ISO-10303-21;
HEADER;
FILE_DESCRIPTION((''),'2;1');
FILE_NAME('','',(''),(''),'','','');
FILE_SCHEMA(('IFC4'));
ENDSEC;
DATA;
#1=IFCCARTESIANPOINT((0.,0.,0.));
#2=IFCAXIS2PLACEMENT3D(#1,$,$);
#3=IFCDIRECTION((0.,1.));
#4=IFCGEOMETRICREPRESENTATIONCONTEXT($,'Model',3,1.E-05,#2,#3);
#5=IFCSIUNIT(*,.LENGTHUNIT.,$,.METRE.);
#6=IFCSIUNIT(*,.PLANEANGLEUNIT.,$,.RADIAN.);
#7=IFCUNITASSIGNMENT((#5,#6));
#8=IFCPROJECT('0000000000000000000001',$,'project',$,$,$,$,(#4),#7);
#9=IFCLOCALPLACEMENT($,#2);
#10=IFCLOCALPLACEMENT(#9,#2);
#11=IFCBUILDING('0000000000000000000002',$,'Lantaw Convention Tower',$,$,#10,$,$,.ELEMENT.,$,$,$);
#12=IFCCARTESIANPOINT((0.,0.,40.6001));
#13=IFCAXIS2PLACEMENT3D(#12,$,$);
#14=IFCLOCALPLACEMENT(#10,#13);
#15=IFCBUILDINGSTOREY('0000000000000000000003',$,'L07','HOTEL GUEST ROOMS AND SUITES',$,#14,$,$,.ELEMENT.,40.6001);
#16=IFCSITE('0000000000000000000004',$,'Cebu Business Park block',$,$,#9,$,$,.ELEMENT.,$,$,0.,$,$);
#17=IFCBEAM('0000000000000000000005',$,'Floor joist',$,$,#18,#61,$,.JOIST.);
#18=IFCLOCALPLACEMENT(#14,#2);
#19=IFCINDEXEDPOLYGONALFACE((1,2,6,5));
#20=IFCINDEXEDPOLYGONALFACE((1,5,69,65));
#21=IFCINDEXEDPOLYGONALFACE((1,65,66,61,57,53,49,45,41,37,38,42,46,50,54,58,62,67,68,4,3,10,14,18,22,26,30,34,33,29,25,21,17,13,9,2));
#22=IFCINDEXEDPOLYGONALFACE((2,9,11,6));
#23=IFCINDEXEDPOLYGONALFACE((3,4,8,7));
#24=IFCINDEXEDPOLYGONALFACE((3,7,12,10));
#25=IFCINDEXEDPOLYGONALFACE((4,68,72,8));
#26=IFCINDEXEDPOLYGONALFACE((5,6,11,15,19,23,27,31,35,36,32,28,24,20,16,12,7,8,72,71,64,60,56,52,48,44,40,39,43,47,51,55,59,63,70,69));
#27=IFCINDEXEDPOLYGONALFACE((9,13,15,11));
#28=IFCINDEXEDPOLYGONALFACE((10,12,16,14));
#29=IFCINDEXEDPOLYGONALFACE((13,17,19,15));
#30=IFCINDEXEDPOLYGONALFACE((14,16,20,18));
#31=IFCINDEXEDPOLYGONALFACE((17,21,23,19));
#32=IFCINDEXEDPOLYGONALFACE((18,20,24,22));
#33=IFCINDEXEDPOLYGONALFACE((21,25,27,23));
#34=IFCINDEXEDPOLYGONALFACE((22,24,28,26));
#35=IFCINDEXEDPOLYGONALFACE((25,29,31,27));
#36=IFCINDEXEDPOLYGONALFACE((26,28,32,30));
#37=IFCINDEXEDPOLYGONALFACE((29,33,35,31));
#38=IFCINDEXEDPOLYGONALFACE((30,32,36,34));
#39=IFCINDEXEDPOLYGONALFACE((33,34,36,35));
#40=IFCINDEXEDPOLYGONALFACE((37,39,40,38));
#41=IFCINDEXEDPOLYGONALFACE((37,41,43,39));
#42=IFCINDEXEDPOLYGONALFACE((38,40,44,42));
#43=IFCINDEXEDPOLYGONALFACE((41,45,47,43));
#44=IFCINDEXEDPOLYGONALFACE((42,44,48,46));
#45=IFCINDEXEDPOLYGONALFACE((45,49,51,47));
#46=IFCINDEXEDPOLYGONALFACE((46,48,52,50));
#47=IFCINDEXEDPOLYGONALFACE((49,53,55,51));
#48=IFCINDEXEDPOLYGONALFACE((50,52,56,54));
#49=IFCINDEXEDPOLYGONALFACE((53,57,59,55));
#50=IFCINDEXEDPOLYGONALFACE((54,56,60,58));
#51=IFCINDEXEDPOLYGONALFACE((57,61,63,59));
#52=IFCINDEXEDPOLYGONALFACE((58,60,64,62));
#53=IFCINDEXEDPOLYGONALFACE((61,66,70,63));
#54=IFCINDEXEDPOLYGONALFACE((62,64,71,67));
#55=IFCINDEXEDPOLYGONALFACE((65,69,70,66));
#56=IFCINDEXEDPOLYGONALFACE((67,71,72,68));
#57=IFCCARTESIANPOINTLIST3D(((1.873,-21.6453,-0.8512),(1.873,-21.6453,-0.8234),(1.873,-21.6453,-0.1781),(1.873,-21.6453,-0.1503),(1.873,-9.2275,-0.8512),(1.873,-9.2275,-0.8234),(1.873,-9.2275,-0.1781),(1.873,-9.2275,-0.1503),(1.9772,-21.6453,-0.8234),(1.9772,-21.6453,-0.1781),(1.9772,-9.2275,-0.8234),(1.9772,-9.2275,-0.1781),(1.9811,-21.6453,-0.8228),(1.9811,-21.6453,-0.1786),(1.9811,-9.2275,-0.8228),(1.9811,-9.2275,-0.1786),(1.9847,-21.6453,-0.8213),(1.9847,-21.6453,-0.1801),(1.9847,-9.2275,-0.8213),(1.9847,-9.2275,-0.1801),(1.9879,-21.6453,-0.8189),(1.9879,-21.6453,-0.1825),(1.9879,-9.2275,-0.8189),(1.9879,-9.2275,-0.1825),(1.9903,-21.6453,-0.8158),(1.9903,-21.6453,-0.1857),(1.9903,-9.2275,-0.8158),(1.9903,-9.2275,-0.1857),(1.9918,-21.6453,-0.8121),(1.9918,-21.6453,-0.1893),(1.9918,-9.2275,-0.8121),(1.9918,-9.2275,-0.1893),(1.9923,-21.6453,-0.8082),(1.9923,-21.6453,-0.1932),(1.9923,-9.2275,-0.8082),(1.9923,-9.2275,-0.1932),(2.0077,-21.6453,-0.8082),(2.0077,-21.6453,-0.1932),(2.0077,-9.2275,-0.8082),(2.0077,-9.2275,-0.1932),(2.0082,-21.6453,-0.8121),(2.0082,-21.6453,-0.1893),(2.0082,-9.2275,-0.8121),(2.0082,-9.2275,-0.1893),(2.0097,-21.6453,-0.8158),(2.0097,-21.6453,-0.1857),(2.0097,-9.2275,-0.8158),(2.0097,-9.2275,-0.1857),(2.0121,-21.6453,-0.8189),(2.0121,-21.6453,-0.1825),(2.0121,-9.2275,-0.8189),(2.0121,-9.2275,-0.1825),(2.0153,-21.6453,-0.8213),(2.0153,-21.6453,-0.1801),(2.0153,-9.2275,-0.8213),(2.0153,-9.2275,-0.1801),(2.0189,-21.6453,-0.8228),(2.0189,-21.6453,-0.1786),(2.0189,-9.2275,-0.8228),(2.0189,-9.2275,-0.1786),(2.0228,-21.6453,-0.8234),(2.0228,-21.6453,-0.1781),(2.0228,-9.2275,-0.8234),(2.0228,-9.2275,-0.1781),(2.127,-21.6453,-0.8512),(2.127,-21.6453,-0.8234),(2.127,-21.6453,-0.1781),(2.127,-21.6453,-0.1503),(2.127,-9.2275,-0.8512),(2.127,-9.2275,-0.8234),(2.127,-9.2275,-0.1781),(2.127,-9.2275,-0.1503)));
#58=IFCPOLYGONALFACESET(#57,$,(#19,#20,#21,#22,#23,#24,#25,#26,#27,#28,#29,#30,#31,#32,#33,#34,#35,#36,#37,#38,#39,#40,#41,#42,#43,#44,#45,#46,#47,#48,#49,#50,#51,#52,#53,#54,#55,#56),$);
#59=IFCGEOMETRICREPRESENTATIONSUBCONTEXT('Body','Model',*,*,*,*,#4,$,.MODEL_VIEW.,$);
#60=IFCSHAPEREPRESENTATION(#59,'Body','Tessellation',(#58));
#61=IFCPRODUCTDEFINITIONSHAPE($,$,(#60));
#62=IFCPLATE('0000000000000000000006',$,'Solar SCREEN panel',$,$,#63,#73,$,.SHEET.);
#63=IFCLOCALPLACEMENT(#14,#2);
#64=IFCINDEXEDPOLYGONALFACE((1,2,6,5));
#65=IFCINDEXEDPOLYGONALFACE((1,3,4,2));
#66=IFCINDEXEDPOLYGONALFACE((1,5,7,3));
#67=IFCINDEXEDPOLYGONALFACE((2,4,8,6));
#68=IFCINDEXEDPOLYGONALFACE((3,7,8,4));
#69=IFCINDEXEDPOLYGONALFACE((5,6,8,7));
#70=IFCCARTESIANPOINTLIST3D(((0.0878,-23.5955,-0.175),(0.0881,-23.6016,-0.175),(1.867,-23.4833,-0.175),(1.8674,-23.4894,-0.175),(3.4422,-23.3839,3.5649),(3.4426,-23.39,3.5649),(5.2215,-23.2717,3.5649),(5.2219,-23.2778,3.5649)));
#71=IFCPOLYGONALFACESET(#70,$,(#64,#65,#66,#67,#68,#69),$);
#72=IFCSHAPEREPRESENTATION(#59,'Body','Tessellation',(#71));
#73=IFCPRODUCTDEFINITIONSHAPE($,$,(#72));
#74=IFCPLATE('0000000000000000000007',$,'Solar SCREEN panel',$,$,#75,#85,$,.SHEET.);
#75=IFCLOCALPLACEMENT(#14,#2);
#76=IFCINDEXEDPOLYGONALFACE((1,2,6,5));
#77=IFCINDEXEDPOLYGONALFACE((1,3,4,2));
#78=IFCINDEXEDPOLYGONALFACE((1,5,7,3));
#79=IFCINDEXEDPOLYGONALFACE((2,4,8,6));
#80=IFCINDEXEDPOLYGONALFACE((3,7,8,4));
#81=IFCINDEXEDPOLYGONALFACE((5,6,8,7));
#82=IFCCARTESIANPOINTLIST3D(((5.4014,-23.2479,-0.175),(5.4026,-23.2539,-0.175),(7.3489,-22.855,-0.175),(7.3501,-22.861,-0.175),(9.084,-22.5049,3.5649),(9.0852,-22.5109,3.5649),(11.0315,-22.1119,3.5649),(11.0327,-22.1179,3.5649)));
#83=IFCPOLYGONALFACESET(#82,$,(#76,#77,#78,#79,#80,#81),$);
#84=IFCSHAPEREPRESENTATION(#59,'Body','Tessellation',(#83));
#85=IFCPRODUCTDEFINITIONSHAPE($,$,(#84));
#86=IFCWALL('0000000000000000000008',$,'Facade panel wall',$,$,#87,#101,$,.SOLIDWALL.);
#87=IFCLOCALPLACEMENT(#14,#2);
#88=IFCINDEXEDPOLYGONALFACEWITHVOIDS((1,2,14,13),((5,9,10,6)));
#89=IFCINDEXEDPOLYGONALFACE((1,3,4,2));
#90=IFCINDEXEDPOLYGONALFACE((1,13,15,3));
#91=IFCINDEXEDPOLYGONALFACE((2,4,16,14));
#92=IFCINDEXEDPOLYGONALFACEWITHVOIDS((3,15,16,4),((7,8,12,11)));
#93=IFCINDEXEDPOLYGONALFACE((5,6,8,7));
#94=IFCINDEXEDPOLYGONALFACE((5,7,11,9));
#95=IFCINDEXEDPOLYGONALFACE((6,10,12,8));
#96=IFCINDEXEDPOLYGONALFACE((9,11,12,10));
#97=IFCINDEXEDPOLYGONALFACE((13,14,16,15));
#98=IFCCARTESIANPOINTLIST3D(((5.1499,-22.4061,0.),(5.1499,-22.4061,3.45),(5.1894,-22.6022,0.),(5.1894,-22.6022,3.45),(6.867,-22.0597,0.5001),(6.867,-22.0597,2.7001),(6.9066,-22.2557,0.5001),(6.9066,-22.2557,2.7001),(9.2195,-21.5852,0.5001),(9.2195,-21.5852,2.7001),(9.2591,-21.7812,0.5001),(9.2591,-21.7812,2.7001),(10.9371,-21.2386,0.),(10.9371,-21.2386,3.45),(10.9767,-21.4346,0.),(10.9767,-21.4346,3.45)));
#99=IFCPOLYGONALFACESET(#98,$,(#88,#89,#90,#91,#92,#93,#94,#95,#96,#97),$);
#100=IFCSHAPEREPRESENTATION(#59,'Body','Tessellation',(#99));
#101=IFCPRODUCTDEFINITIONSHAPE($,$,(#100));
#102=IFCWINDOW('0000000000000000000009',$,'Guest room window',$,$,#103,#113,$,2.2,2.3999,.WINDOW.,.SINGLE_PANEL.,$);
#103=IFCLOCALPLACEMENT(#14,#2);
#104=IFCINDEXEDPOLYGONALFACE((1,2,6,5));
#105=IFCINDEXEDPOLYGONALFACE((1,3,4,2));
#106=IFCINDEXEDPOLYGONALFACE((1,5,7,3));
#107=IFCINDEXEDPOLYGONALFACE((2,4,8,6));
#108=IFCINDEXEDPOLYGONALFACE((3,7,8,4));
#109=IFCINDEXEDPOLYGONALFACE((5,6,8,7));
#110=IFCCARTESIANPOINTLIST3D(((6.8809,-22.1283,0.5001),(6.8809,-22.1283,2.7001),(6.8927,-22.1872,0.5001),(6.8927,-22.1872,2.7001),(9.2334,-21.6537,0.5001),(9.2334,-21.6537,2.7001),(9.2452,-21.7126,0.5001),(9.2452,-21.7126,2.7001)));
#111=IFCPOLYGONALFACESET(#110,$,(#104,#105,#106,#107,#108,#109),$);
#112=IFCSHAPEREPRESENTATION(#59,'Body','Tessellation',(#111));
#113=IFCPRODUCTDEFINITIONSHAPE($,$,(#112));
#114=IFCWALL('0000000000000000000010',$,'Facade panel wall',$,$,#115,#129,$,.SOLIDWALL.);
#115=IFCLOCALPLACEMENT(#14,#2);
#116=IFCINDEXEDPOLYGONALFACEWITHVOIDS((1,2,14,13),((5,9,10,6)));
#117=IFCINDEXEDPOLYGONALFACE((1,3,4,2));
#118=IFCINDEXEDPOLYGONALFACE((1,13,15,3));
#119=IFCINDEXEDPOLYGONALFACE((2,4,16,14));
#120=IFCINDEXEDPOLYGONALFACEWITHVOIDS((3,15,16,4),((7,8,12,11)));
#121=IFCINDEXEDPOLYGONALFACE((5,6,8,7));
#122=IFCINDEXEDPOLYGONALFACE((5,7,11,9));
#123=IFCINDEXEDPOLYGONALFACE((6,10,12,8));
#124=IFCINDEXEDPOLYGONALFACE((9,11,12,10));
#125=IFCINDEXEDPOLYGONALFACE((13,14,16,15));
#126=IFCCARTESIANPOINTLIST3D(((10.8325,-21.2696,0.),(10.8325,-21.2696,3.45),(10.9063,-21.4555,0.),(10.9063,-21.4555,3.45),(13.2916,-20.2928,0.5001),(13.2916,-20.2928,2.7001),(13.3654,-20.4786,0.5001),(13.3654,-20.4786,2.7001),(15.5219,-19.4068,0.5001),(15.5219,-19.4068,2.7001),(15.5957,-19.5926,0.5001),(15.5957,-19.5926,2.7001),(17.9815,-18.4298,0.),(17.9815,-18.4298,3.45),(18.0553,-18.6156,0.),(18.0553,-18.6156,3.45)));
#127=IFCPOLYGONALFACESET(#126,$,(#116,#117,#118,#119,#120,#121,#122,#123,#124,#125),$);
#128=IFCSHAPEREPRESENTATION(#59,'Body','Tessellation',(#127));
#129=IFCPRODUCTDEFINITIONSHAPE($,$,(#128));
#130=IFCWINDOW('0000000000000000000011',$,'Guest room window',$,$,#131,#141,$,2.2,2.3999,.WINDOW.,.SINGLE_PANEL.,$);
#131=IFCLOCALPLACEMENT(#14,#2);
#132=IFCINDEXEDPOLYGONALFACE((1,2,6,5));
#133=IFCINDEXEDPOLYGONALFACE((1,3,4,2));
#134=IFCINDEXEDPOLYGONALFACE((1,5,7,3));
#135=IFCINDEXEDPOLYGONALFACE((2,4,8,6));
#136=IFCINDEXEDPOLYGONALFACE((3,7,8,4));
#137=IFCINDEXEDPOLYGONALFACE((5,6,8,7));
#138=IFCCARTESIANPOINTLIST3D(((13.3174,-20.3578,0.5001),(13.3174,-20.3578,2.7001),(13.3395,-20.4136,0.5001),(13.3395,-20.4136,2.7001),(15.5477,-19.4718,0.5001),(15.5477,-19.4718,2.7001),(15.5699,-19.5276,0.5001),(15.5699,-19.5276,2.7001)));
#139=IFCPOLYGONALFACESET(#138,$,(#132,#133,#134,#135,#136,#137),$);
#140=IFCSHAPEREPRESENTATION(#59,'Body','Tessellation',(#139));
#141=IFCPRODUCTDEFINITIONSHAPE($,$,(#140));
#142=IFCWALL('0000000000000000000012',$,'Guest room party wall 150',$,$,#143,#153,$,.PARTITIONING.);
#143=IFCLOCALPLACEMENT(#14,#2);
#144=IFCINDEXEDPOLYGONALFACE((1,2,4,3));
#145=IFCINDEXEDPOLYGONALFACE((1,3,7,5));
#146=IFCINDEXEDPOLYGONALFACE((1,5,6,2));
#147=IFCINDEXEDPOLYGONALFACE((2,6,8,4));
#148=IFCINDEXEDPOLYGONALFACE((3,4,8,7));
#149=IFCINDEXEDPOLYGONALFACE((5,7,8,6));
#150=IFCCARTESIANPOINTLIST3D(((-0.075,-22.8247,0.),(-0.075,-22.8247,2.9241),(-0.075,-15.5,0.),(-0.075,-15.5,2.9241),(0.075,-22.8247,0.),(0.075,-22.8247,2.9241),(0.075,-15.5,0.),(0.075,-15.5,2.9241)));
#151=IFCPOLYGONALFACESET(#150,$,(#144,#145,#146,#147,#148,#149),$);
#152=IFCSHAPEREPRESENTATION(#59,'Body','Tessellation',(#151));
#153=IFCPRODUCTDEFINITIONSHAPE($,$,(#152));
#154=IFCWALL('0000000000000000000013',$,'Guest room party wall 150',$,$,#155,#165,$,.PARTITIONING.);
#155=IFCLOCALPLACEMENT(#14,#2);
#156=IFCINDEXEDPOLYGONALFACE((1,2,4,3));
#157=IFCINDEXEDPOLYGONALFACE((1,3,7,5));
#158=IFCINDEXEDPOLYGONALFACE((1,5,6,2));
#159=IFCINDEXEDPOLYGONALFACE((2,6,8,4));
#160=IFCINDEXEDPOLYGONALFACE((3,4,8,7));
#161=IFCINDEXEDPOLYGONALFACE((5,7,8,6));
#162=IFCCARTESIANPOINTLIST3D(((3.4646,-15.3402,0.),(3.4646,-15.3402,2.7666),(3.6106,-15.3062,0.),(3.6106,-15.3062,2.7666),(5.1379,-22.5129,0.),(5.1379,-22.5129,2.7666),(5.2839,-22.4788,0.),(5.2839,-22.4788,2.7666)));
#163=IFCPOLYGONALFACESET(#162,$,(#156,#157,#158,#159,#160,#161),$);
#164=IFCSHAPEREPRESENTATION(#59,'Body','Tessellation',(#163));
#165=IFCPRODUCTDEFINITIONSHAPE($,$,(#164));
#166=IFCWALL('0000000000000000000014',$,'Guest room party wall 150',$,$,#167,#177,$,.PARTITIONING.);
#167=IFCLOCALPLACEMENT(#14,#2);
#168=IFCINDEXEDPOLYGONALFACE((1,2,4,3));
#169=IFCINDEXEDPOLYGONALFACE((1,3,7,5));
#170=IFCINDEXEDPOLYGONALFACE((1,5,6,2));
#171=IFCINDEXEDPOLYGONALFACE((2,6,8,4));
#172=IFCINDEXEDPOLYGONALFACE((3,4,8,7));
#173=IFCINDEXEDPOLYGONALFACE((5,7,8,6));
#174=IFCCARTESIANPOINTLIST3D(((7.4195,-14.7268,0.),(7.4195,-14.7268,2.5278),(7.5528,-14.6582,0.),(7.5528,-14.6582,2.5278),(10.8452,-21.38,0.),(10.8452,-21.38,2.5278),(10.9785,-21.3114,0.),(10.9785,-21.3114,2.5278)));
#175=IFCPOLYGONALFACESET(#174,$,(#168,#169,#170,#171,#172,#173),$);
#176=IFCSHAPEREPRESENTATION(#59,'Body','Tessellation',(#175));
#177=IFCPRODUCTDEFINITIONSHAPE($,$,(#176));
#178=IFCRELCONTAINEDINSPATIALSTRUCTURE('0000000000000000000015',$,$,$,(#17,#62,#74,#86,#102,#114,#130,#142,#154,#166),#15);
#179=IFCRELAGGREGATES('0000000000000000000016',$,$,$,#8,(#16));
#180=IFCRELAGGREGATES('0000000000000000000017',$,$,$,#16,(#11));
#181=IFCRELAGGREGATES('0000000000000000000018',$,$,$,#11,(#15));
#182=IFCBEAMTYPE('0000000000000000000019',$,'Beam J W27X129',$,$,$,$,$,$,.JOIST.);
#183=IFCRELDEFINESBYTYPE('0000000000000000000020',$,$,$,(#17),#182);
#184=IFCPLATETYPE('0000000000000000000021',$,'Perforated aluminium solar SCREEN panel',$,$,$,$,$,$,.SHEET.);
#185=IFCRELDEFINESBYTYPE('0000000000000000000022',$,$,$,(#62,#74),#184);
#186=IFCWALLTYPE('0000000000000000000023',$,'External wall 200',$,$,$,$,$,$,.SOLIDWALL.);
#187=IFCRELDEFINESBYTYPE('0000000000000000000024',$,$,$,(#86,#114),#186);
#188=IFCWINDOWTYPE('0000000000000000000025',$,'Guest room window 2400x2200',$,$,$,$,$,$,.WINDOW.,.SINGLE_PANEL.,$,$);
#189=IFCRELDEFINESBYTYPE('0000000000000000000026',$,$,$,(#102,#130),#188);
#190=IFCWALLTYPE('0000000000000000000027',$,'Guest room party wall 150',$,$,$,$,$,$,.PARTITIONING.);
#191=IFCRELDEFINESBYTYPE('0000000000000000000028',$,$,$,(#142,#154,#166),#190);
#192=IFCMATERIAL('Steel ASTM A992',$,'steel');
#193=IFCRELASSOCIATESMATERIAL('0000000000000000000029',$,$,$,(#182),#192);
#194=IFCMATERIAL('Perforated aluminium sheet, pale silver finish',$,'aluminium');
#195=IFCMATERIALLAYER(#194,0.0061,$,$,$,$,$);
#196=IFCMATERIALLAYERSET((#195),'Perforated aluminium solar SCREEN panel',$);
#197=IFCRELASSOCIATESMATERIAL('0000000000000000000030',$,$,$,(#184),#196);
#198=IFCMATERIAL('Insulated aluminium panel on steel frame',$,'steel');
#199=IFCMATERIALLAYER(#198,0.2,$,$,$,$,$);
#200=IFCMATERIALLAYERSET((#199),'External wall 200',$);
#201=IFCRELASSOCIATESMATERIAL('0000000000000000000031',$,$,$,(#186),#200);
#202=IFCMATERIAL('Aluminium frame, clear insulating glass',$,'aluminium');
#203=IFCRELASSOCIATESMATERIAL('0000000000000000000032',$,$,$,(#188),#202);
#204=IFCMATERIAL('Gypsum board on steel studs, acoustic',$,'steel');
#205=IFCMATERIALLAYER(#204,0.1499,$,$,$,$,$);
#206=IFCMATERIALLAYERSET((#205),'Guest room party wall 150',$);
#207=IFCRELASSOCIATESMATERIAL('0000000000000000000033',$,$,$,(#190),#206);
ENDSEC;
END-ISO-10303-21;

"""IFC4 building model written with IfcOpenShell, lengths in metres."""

from ifc_helpers import new_model, si_unit, direction, frame, frame_2d, origin, origin_2d, place, context, subcontext, project, spatial, polyline, rectangle, i_section, outline, extrude, material, layer, layer_set, material_profile, profile_set, type_object, element, fill, save


model = new_model("IFC4")

# Units and contexts
model_context = context("Model", 3, precision=1e-05, world=origin(), true_north=direction((0.0, 1.0)))
body_context = subcontext(model_context, "Body", "Model", "MODEL_VIEW")
ifc_project = project(units=[si_unit("LENGTHUNIT", "METRE"), si_unit("PLANEANGLEUNIT", "RADIAN")], contexts=[model_context])

# Site, building, storey
site_placement = place(None, origin())
site = spatial("IfcSite", under=ifc_project, at=site_placement, Name="Cebu Business Park block", CompositionType="ELEMENT", RefElevation=0.0)
building_placement = place(site_placement, origin())
building = spatial("IfcBuilding", under=site, at=building_placement, Name="Lantaw Convention Tower", CompositionType="ELEMENT")
storey_placement = place(building_placement, frame((0.0, 0.0, 40.6001)))
storey = spatial("IfcBuildingStorey", under=building, at=storey_placement, Name="L07", Description="HOTEL GUEST ROOMS AND SUITES", CompositionType="ELEMENT", Elevation=40.6001)

# Beam
ifc_material_1 = material(Name="Steel ASTM A992", Category="steel")
ifc_material_profile_1 = material_profile(ifc_material_1, i_section(OverallWidth=0.2539, OverallDepth=0.7009, WebThickness=0.0154, FlangeThickness=0.0278, FilletRadius=0.0151, at=origin_2d()), Name="W27X129")
ifc_profile_set_1 = profile_set([ifc_material_profile_1], Name="Steel ASTM A992")
beam_type_1 = type_object("IfcBeamType", Name="Beam J W27X129", PredefinedType="JOIST", material=ifc_profile_set_1)
beam_1_placement = place(storey_placement, frame((2.0, -21.6453, -0.5007), z_axis=(0.0, 1.0, 0.0), x_axis=(-1.0, 0.0, 0.0)))
element("IfcBeam", 1, at=beam_1_placement, inside=storey, type_object=beam_type_1, Name="Floor joist", PredefinedType="JOIST", context=body_context, shape_type="SweptSolid", body=[
    extrude(i_section(OverallWidth=0.2539, OverallDepth=0.7009, WebThickness=0.0154, FlangeThickness=0.0278, FilletRadius=0.0151, at=origin_2d()), origin(), (0.0, 0.0, 1.0), 12.4177),
])

# Plates
ifc_material_2 = material(Name="Perforated aluminium sheet, pale silver finish", Category="aluminium")
ifc_layer_1 = layer(ifc_material_2, 0.0061)
ifc_layer_set_1 = layer_set([ifc_layer_1], Name="Perforated aluminium solar SCREEN panel")
plate_type = type_object("IfcPlateType", Name="Perforated aluminium solar SCREEN panel", PredefinedType="SHEET", material=ifc_layer_set_1)
plate_1_placement = place(storey_placement, frame((0.0881, -23.6016, -0.175), z_axis=(0.062924, -0.998018, 0.000014), x_axis=(0.998018, 0.062924, 0.0)))
element("IfcPlate", 2, at=plate_1_placement, inside=storey, type_object=plate_type, Name="Solar SCREEN panel", PredefinedType="SHEET", context=body_context, shape_type="SweptSolid", body=[
    extrude(outline(polyline([(0.0, 0.0), (1.7828, 0.0), (5.144, 3.74), (3.3611, 3.74), (0.0, 0.0)])), origin(), (0.0, 0.0, -1.0), 0.0061),
])
plate_2_placement = place(storey_placement, frame((5.4026, -23.2539, -0.175), z_axis=(0.197782, -0.980246, 0.000002), x_axis=(0.980246, 0.197782, 0.0)))
element("IfcPlate", 3, at=plate_2_placement, inside=storey, type_object=plate_type, Name="Solar SCREEN panel", PredefinedType="SHEET", context=body_context, shape_type="SweptSolid", body=[
    extrude(outline(polyline([(0.0, 0.0), (1.9867, 0.0), (5.7436, 3.74), (3.7568, 3.74), (0.0, 0.0)])), origin(), (0.0, 0.0, -1.0), 0.0061),
])

# Walls, openings, windows
ifc_material_3 = material(Name="Insulated aluminium panel on steel frame", Category="steel")
ifc_layer_2 = layer(ifc_material_3, 0.2)
ifc_layer_set_2 = layer_set([ifc_layer_2], Name="External wall 200")
wall_type_1 = type_object("IfcWallType", Name="External wall 200", PredefinedType="SOLIDWALL", material=ifc_layer_set_2)
wall_1_placement = place(storey_placement, frame((5.1697, -22.5042, 0.0), z_axis=(0.0, 0.0, 1.0), x_axis=(0.980252, 0.197754, 0.0)))
wall_1 = element("IfcWall", 4, at=wall_1_placement, inside=storey, type_object=wall_type_1, Name="Facade panel wall", PredefinedType="SOLIDWALL", context=body_context, shape_type="SweptSolid", body=[
    extrude(rectangle(XDim=5.9038, YDim=0.2, at=frame_2d((2.9519, 0.0))), origin(), (0.0, 0.0, 1.0), 3.45),
])
opening_1_placement = place(wall_1_placement, frame((1.7517, 0.0, 0.5)))
opening_1 = element("IfcOpeningElement", 5, at=opening_1_placement, cuts=wall_1, PredefinedType="OPENING", context=body_context, shape_type="SweptSolid", body=[
    extrude(rectangle(XDim=2.3999, YDim=2.2, at=frame_2d((1.2, 1.1001))), frame((0.0, 0.1099, 0.0), z_axis=(0.0, -1.0, 0.0), x_axis=(1.0, 0.0, 0.0)), (0.0, 0.0, 1.0), 0.22),
])
ifc_material_4 = material(Name="Aluminium frame, clear insulating glass", Category="aluminium")
window_type = type_object("IfcWindowType", Name="Guest room window 2400x2200", PartitioningType="SINGLE_PANEL", PredefinedType="WINDOW", material=ifc_material_4)
window_1_placement = place(opening_1_placement, origin())
window_1 = element("IfcWindow", 6, at=window_1_placement, inside=storey, type_object=window_type, Name="Guest room window", OverallHeight=2.2, OverallWidth=2.3999, PartitioningType="SINGLE_PANEL", PredefinedType="WINDOW", context=body_context, shape_type="SweptSolid", body=[
    extrude(rectangle(XDim=2.3999, YDim=2.2, at=frame_2d((1.2, 1.1001))), frame((0.0, 0.03, 0.0), z_axis=(0.0, -1.0, 0.0), x_axis=(1.0, 0.0, 0.0)), (0.0, 0.0, 1.0), 0.0601),
])
fill(opening_1, window_1)
wall_2_placement = place(storey_placement, frame((10.8694, -21.3625, 0.0), z_axis=(0.0, 0.0, 1.0), x_axis=(0.929358, 0.369179, 0.0)))
wall_2 = element("IfcWall", 7, at=wall_2_placement, inside=storey, type_object=wall_type_1, Name="Facade panel wall", PredefinedType="SOLIDWALL", context=body_context, shape_type="SweptSolid", body=[
    extrude(rectangle(XDim=7.6924, YDim=0.2, at=frame_2d((3.8462, 0.0))), origin(), (0.0, 0.0, 1.0), 3.45),
])
opening_2_placement = place(wall_2_placement, frame((2.646, 0.0, 0.5)))
opening_2 = element("IfcOpeningElement", 8, at=opening_2_placement, cuts=wall_2, PredefinedType="OPENING", context=body_context, shape_type="SweptSolid", body=[
    extrude(rectangle(XDim=2.3999, YDim=2.2, at=frame_2d((1.2, 1.1001))), frame((0.0, 0.1099, 0.0), z_axis=(0.0, -1.0, 0.0), x_axis=(1.0, 0.0, 0.0)), (0.0, 0.0, 1.0), 0.22),
])
window_2_placement = place(opening_2_placement, origin())
window_2 = element("IfcWindow", 9, at=window_2_placement, inside=storey, type_object=window_type, Name="Guest room window", OverallHeight=2.2, OverallWidth=2.3999, PartitioningType="SINGLE_PANEL", PredefinedType="WINDOW", context=body_context, shape_type="SweptSolid", body=[
    extrude(rectangle(XDim=2.3999, YDim=2.2, at=frame_2d((1.2, 1.1001))), frame((0.0, 0.03, 0.0), z_axis=(0.0, -1.0, 0.0), x_axis=(1.0, 0.0, 0.0)), (0.0, 0.0, 1.0), 0.0601),
])
fill(opening_2, window_2)

# Walls
ifc_material_5 = material(Name="Gypsum board on steel studs, acoustic", Category="steel")
ifc_layer_3 = layer(ifc_material_5, 0.1499)
ifc_layer_set_3 = layer_set([ifc_layer_3], Name="Guest room party wall 150")
wall_type_2 = type_object("IfcWallType", Name="Guest room party wall 150", PredefinedType="PARTITIONING", material=ifc_layer_set_3)
wall_3_placement = place(storey_placement, frame((0.0, -22.8247, 0.0), z_axis=(0.0, 0.0, 1.0), x_axis=(0.0, 1.0, 0.0)))
element("IfcWall", 10, at=wall_3_placement, inside=storey, type_object=wall_type_2, Name="Guest room party wall 150", PredefinedType="PARTITIONING", context=body_context, shape_type="SweptSolid", body=[
    extrude(rectangle(XDim=7.3247, YDim=0.1499, at=frame_2d((3.6624, 0.0))), origin(), (0.0, 0.0, 1.0), 2.9241),
])
wall_4_placement = place(storey_placement, frame((5.2109, -22.4958, 0.0), z_axis=(0.0, 0.0, 1.0), x_axis=(-0.227195, 0.973849, 0.0)))
element("IfcWall", 11, at=wall_4_placement, inside=storey, type_object=wall_type_2, Name="Guest room party wall 150", PredefinedType="PARTITIONING", context=body_context, shape_type="SweptSolid", body=[
    extrude(rectangle(XDim=7.3652, YDim=0.1499, at=frame_2d((3.6826, 0.0))), origin(), (0.0, 0.0, 1.0), 2.7666),
])
wall_5_placement = place(storey_placement, frame((10.9119, -21.3457, 0.0), z_axis=(0.0, 0.0, 1.0), x_axis=(-0.457778, 0.889066, 0.0)))
element("IfcWall", 12, at=wall_5_placement, inside=storey, type_object=wall_type_2, Name="Guest room party wall 150", PredefinedType="PARTITIONING", context=body_context, shape_type="SweptSolid", body=[
    extrude(rectangle(XDim=7.4834, YDim=0.1499, at=frame_2d((3.7417, 0.0))), origin(), (0.0, 0.0, 1.0), 2.5278),
])

save(model, "model.ifc")
